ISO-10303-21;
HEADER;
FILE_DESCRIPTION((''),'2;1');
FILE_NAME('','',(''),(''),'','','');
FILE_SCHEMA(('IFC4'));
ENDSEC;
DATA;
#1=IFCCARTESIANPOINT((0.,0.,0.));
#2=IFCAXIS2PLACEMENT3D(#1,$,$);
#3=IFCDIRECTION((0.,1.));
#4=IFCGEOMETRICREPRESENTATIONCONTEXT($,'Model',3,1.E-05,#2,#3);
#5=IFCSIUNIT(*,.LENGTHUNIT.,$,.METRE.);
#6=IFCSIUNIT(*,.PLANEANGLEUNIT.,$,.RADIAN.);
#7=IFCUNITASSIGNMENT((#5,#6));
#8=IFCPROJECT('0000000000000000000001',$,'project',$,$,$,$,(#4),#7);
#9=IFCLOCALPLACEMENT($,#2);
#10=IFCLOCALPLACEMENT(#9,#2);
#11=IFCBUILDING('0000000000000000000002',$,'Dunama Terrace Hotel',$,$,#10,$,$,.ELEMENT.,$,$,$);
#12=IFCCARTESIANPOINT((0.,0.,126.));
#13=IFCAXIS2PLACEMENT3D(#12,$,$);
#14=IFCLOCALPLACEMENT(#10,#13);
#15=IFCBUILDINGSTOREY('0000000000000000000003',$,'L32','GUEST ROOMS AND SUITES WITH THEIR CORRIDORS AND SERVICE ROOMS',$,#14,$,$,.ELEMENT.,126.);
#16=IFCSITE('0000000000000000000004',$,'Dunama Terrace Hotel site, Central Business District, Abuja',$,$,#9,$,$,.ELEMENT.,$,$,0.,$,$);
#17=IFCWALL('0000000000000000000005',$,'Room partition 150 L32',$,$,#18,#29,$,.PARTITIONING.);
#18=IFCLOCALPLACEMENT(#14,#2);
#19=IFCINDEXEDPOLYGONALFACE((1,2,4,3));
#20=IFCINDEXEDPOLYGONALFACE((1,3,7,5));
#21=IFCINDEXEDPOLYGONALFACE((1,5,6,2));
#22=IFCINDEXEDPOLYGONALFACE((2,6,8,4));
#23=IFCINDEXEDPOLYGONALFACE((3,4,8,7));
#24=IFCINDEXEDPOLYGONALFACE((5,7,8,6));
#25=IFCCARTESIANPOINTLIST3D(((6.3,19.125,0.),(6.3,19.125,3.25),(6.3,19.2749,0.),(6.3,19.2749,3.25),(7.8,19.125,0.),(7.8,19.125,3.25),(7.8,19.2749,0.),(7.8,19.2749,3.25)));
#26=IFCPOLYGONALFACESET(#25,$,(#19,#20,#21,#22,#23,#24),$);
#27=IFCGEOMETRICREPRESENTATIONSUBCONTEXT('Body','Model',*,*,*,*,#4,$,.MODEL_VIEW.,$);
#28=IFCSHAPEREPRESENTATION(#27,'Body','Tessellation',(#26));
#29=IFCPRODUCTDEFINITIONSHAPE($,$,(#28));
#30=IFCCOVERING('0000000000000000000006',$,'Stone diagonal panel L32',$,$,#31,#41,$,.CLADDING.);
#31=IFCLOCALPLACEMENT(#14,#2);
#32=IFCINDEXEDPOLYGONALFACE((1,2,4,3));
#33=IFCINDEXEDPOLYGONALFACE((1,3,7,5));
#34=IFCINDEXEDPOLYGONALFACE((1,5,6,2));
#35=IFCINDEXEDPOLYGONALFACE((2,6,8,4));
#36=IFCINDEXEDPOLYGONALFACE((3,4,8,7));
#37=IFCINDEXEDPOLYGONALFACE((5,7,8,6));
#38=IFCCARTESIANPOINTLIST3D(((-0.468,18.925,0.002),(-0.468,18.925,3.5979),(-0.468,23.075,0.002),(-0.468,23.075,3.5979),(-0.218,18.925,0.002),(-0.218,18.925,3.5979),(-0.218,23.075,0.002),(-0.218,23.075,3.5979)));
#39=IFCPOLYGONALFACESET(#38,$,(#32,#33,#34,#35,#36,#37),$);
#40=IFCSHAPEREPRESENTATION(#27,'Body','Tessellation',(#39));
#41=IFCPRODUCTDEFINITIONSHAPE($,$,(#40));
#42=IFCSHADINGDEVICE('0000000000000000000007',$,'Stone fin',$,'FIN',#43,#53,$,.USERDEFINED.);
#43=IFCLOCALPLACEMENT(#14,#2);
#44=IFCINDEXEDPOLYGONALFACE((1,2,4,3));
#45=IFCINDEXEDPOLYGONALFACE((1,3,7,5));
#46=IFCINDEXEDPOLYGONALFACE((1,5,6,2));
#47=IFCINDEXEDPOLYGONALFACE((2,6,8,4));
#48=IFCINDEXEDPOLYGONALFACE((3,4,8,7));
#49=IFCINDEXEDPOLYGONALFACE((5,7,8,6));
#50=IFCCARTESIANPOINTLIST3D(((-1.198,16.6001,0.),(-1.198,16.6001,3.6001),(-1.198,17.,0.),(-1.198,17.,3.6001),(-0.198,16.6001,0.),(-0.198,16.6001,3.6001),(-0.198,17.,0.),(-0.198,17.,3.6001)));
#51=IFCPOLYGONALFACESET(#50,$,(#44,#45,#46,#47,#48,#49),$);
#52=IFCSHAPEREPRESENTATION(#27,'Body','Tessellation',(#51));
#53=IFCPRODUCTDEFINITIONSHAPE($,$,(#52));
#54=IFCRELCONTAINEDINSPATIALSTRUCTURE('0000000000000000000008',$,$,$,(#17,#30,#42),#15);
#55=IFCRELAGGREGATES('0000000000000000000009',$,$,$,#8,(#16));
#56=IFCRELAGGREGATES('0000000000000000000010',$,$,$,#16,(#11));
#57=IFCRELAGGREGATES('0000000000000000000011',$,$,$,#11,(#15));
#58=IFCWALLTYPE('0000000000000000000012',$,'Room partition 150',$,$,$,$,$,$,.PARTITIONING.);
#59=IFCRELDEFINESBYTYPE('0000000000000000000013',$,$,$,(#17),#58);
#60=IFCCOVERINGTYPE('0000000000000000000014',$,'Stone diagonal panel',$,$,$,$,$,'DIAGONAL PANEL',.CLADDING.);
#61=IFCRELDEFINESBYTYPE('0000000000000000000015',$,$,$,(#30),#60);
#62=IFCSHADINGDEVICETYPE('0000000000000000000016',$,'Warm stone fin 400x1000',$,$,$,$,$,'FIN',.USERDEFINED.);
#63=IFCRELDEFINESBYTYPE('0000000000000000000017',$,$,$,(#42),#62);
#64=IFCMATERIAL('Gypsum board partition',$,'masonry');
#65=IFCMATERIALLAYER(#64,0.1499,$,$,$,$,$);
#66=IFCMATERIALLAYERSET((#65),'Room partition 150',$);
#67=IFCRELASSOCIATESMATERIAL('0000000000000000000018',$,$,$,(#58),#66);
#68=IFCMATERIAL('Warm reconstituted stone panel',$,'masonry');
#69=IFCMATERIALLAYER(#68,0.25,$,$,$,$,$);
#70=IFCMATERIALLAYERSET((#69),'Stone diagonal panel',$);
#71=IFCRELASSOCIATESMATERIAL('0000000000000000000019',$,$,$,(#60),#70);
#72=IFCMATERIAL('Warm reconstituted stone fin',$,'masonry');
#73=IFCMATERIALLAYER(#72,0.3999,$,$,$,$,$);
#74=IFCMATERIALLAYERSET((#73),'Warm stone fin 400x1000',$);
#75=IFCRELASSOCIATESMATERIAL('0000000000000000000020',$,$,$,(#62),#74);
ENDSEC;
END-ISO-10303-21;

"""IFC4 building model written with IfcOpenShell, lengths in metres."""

from ifc_helpers import new_model, si_unit, direction, frame, frame_2d, origin, origin_2d, place, context, subcontext, project, spatial, rectangle, extrude, material, layer, layer_set, type_object, element, save


model = new_model("IFC4")

# Units and contexts
model_context = context("Model", 3, precision=1e-05, world=origin(), true_north=direction((0.0, 1.0)))
body_context = subcontext(model_context, "Body", "Model", "MODEL_VIEW")
ifc_project = project(units=[si_unit("LENGTHUNIT", "METRE"), si_unit("PLANEANGLEUNIT", "RADIAN")], contexts=[model_context])

# Site, building, storey
site_placement = place(None, origin())
site = spatial("IfcSite", under=ifc_project, at=site_placement, Name="Dunama Terrace Hotel site, Central Business District, Abuja", CompositionType="ELEMENT", RefElevation=0.0)
building_placement = place(site_placement, origin())
building = spatial("IfcBuilding", under=site, at=building_placement, Name="Dunama Terrace Hotel", CompositionType="ELEMENT")
storey_placement = place(building_placement, frame((0.0, 0.0, 126.0)))
storey = spatial("IfcBuildingStorey", under=building, at=storey_placement, Name="L32", Description="GUEST ROOMS AND SUITES WITH THEIR CORRIDORS AND SERVICE ROOMS", CompositionType="ELEMENT", Elevation=126.0)

# Shared definitions
ifc_material_1 = material(Name="Gypsum board partition", Category="masonry")
ifc_layer_1 = layer(ifc_material_1, 0.1499)
ifc_layer_set_1 = layer_set([ifc_layer_1], Name="Room partition 150")
wall_type_1 = type_object("IfcWallType", Name="Room partition 150", PredefinedType="PARTITIONING", material=ifc_layer_set_1)

# Wall
wall_1_placement = place(storey_placement, frame((6.3, 19.2, 0.0), z_axis=(0.0, 0.0, 1.0), x_axis=(1.0, 0.0, 0.0)))
element("IfcWall", 1, at=wall_1_placement, inside=storey, type_object=wall_type_1, Name="Room partition 150 L32", PredefinedType="PARTITIONING", context=body_context, shape_type="SweptSolid", body=[
    extrude(rectangle(XDim=1.5, YDim=0.1499, at=frame_2d((0.75, 0.0))), origin(), (0.0, 0.0, 1.0), 3.25),
])

# Covering
ifc_material_2 = material(Name="Warm reconstituted stone panel", Category="masonry")
ifc_layer_2 = layer(ifc_material_2, 0.25)
ifc_layer_set_2 = layer_set([ifc_layer_2], Name="Stone diagonal panel")
covering_type = type_object("IfcCoveringType", Name="Stone diagonal panel", ElementType="DIAGONAL PANEL", PredefinedType="CLADDING", material=ifc_layer_set_2)
covering_placement = place(storey_placement, frame((-0.343, 21.0, 0.002), z_axis=(0.0, 0.0, 1.0), x_axis=(0.0, -1.0, 0.0)))
element("IfcCovering", 2, at=covering_placement, inside=storey, type_object=covering_type, Name="Stone diagonal panel L32", PredefinedType="CLADDING", context=body_context, shape_type="SweptSolid", body=[
    extrude(rectangle(XDim=4.1499, YDim=0.25, at=origin_2d()), origin(), (0.0, 0.0, 1.0), 3.5959),
])

# Shading device
ifc_material_3 = material(Name="Warm reconstituted stone fin", Category="masonry")
ifc_layer_3 = layer(ifc_material_3, 0.3999)
ifc_layer_set_3 = layer_set([ifc_layer_3], Name="Warm stone fin 400x1000")
shading_device_type = type_object("IfcShadingDeviceType", Name="Warm stone fin 400x1000", ElementType="FIN", PredefinedType="USERDEFINED", material=ifc_layer_set_3)
shading_device_placement = place(storey_placement, frame((-0.698, 16.8, 0.0), z_axis=(0.0, 0.0, 1.0), x_axis=(0.0, -1.0, 0.0)))
element("IfcShadingDevice", 3, at=shading_device_placement, inside=storey, type_object=shading_device_type, Name="Stone fin", ObjectType="FIN", PredefinedType="USERDEFINED", context=body_context, shape_type="SweptSolid", body=[
    extrude(rectangle(XDim=0.3999, YDim=1.0, at=origin_2d()), origin(), (0.0, 0.0, 1.0), 3.6001),
])

save(model, "model.ifc")
